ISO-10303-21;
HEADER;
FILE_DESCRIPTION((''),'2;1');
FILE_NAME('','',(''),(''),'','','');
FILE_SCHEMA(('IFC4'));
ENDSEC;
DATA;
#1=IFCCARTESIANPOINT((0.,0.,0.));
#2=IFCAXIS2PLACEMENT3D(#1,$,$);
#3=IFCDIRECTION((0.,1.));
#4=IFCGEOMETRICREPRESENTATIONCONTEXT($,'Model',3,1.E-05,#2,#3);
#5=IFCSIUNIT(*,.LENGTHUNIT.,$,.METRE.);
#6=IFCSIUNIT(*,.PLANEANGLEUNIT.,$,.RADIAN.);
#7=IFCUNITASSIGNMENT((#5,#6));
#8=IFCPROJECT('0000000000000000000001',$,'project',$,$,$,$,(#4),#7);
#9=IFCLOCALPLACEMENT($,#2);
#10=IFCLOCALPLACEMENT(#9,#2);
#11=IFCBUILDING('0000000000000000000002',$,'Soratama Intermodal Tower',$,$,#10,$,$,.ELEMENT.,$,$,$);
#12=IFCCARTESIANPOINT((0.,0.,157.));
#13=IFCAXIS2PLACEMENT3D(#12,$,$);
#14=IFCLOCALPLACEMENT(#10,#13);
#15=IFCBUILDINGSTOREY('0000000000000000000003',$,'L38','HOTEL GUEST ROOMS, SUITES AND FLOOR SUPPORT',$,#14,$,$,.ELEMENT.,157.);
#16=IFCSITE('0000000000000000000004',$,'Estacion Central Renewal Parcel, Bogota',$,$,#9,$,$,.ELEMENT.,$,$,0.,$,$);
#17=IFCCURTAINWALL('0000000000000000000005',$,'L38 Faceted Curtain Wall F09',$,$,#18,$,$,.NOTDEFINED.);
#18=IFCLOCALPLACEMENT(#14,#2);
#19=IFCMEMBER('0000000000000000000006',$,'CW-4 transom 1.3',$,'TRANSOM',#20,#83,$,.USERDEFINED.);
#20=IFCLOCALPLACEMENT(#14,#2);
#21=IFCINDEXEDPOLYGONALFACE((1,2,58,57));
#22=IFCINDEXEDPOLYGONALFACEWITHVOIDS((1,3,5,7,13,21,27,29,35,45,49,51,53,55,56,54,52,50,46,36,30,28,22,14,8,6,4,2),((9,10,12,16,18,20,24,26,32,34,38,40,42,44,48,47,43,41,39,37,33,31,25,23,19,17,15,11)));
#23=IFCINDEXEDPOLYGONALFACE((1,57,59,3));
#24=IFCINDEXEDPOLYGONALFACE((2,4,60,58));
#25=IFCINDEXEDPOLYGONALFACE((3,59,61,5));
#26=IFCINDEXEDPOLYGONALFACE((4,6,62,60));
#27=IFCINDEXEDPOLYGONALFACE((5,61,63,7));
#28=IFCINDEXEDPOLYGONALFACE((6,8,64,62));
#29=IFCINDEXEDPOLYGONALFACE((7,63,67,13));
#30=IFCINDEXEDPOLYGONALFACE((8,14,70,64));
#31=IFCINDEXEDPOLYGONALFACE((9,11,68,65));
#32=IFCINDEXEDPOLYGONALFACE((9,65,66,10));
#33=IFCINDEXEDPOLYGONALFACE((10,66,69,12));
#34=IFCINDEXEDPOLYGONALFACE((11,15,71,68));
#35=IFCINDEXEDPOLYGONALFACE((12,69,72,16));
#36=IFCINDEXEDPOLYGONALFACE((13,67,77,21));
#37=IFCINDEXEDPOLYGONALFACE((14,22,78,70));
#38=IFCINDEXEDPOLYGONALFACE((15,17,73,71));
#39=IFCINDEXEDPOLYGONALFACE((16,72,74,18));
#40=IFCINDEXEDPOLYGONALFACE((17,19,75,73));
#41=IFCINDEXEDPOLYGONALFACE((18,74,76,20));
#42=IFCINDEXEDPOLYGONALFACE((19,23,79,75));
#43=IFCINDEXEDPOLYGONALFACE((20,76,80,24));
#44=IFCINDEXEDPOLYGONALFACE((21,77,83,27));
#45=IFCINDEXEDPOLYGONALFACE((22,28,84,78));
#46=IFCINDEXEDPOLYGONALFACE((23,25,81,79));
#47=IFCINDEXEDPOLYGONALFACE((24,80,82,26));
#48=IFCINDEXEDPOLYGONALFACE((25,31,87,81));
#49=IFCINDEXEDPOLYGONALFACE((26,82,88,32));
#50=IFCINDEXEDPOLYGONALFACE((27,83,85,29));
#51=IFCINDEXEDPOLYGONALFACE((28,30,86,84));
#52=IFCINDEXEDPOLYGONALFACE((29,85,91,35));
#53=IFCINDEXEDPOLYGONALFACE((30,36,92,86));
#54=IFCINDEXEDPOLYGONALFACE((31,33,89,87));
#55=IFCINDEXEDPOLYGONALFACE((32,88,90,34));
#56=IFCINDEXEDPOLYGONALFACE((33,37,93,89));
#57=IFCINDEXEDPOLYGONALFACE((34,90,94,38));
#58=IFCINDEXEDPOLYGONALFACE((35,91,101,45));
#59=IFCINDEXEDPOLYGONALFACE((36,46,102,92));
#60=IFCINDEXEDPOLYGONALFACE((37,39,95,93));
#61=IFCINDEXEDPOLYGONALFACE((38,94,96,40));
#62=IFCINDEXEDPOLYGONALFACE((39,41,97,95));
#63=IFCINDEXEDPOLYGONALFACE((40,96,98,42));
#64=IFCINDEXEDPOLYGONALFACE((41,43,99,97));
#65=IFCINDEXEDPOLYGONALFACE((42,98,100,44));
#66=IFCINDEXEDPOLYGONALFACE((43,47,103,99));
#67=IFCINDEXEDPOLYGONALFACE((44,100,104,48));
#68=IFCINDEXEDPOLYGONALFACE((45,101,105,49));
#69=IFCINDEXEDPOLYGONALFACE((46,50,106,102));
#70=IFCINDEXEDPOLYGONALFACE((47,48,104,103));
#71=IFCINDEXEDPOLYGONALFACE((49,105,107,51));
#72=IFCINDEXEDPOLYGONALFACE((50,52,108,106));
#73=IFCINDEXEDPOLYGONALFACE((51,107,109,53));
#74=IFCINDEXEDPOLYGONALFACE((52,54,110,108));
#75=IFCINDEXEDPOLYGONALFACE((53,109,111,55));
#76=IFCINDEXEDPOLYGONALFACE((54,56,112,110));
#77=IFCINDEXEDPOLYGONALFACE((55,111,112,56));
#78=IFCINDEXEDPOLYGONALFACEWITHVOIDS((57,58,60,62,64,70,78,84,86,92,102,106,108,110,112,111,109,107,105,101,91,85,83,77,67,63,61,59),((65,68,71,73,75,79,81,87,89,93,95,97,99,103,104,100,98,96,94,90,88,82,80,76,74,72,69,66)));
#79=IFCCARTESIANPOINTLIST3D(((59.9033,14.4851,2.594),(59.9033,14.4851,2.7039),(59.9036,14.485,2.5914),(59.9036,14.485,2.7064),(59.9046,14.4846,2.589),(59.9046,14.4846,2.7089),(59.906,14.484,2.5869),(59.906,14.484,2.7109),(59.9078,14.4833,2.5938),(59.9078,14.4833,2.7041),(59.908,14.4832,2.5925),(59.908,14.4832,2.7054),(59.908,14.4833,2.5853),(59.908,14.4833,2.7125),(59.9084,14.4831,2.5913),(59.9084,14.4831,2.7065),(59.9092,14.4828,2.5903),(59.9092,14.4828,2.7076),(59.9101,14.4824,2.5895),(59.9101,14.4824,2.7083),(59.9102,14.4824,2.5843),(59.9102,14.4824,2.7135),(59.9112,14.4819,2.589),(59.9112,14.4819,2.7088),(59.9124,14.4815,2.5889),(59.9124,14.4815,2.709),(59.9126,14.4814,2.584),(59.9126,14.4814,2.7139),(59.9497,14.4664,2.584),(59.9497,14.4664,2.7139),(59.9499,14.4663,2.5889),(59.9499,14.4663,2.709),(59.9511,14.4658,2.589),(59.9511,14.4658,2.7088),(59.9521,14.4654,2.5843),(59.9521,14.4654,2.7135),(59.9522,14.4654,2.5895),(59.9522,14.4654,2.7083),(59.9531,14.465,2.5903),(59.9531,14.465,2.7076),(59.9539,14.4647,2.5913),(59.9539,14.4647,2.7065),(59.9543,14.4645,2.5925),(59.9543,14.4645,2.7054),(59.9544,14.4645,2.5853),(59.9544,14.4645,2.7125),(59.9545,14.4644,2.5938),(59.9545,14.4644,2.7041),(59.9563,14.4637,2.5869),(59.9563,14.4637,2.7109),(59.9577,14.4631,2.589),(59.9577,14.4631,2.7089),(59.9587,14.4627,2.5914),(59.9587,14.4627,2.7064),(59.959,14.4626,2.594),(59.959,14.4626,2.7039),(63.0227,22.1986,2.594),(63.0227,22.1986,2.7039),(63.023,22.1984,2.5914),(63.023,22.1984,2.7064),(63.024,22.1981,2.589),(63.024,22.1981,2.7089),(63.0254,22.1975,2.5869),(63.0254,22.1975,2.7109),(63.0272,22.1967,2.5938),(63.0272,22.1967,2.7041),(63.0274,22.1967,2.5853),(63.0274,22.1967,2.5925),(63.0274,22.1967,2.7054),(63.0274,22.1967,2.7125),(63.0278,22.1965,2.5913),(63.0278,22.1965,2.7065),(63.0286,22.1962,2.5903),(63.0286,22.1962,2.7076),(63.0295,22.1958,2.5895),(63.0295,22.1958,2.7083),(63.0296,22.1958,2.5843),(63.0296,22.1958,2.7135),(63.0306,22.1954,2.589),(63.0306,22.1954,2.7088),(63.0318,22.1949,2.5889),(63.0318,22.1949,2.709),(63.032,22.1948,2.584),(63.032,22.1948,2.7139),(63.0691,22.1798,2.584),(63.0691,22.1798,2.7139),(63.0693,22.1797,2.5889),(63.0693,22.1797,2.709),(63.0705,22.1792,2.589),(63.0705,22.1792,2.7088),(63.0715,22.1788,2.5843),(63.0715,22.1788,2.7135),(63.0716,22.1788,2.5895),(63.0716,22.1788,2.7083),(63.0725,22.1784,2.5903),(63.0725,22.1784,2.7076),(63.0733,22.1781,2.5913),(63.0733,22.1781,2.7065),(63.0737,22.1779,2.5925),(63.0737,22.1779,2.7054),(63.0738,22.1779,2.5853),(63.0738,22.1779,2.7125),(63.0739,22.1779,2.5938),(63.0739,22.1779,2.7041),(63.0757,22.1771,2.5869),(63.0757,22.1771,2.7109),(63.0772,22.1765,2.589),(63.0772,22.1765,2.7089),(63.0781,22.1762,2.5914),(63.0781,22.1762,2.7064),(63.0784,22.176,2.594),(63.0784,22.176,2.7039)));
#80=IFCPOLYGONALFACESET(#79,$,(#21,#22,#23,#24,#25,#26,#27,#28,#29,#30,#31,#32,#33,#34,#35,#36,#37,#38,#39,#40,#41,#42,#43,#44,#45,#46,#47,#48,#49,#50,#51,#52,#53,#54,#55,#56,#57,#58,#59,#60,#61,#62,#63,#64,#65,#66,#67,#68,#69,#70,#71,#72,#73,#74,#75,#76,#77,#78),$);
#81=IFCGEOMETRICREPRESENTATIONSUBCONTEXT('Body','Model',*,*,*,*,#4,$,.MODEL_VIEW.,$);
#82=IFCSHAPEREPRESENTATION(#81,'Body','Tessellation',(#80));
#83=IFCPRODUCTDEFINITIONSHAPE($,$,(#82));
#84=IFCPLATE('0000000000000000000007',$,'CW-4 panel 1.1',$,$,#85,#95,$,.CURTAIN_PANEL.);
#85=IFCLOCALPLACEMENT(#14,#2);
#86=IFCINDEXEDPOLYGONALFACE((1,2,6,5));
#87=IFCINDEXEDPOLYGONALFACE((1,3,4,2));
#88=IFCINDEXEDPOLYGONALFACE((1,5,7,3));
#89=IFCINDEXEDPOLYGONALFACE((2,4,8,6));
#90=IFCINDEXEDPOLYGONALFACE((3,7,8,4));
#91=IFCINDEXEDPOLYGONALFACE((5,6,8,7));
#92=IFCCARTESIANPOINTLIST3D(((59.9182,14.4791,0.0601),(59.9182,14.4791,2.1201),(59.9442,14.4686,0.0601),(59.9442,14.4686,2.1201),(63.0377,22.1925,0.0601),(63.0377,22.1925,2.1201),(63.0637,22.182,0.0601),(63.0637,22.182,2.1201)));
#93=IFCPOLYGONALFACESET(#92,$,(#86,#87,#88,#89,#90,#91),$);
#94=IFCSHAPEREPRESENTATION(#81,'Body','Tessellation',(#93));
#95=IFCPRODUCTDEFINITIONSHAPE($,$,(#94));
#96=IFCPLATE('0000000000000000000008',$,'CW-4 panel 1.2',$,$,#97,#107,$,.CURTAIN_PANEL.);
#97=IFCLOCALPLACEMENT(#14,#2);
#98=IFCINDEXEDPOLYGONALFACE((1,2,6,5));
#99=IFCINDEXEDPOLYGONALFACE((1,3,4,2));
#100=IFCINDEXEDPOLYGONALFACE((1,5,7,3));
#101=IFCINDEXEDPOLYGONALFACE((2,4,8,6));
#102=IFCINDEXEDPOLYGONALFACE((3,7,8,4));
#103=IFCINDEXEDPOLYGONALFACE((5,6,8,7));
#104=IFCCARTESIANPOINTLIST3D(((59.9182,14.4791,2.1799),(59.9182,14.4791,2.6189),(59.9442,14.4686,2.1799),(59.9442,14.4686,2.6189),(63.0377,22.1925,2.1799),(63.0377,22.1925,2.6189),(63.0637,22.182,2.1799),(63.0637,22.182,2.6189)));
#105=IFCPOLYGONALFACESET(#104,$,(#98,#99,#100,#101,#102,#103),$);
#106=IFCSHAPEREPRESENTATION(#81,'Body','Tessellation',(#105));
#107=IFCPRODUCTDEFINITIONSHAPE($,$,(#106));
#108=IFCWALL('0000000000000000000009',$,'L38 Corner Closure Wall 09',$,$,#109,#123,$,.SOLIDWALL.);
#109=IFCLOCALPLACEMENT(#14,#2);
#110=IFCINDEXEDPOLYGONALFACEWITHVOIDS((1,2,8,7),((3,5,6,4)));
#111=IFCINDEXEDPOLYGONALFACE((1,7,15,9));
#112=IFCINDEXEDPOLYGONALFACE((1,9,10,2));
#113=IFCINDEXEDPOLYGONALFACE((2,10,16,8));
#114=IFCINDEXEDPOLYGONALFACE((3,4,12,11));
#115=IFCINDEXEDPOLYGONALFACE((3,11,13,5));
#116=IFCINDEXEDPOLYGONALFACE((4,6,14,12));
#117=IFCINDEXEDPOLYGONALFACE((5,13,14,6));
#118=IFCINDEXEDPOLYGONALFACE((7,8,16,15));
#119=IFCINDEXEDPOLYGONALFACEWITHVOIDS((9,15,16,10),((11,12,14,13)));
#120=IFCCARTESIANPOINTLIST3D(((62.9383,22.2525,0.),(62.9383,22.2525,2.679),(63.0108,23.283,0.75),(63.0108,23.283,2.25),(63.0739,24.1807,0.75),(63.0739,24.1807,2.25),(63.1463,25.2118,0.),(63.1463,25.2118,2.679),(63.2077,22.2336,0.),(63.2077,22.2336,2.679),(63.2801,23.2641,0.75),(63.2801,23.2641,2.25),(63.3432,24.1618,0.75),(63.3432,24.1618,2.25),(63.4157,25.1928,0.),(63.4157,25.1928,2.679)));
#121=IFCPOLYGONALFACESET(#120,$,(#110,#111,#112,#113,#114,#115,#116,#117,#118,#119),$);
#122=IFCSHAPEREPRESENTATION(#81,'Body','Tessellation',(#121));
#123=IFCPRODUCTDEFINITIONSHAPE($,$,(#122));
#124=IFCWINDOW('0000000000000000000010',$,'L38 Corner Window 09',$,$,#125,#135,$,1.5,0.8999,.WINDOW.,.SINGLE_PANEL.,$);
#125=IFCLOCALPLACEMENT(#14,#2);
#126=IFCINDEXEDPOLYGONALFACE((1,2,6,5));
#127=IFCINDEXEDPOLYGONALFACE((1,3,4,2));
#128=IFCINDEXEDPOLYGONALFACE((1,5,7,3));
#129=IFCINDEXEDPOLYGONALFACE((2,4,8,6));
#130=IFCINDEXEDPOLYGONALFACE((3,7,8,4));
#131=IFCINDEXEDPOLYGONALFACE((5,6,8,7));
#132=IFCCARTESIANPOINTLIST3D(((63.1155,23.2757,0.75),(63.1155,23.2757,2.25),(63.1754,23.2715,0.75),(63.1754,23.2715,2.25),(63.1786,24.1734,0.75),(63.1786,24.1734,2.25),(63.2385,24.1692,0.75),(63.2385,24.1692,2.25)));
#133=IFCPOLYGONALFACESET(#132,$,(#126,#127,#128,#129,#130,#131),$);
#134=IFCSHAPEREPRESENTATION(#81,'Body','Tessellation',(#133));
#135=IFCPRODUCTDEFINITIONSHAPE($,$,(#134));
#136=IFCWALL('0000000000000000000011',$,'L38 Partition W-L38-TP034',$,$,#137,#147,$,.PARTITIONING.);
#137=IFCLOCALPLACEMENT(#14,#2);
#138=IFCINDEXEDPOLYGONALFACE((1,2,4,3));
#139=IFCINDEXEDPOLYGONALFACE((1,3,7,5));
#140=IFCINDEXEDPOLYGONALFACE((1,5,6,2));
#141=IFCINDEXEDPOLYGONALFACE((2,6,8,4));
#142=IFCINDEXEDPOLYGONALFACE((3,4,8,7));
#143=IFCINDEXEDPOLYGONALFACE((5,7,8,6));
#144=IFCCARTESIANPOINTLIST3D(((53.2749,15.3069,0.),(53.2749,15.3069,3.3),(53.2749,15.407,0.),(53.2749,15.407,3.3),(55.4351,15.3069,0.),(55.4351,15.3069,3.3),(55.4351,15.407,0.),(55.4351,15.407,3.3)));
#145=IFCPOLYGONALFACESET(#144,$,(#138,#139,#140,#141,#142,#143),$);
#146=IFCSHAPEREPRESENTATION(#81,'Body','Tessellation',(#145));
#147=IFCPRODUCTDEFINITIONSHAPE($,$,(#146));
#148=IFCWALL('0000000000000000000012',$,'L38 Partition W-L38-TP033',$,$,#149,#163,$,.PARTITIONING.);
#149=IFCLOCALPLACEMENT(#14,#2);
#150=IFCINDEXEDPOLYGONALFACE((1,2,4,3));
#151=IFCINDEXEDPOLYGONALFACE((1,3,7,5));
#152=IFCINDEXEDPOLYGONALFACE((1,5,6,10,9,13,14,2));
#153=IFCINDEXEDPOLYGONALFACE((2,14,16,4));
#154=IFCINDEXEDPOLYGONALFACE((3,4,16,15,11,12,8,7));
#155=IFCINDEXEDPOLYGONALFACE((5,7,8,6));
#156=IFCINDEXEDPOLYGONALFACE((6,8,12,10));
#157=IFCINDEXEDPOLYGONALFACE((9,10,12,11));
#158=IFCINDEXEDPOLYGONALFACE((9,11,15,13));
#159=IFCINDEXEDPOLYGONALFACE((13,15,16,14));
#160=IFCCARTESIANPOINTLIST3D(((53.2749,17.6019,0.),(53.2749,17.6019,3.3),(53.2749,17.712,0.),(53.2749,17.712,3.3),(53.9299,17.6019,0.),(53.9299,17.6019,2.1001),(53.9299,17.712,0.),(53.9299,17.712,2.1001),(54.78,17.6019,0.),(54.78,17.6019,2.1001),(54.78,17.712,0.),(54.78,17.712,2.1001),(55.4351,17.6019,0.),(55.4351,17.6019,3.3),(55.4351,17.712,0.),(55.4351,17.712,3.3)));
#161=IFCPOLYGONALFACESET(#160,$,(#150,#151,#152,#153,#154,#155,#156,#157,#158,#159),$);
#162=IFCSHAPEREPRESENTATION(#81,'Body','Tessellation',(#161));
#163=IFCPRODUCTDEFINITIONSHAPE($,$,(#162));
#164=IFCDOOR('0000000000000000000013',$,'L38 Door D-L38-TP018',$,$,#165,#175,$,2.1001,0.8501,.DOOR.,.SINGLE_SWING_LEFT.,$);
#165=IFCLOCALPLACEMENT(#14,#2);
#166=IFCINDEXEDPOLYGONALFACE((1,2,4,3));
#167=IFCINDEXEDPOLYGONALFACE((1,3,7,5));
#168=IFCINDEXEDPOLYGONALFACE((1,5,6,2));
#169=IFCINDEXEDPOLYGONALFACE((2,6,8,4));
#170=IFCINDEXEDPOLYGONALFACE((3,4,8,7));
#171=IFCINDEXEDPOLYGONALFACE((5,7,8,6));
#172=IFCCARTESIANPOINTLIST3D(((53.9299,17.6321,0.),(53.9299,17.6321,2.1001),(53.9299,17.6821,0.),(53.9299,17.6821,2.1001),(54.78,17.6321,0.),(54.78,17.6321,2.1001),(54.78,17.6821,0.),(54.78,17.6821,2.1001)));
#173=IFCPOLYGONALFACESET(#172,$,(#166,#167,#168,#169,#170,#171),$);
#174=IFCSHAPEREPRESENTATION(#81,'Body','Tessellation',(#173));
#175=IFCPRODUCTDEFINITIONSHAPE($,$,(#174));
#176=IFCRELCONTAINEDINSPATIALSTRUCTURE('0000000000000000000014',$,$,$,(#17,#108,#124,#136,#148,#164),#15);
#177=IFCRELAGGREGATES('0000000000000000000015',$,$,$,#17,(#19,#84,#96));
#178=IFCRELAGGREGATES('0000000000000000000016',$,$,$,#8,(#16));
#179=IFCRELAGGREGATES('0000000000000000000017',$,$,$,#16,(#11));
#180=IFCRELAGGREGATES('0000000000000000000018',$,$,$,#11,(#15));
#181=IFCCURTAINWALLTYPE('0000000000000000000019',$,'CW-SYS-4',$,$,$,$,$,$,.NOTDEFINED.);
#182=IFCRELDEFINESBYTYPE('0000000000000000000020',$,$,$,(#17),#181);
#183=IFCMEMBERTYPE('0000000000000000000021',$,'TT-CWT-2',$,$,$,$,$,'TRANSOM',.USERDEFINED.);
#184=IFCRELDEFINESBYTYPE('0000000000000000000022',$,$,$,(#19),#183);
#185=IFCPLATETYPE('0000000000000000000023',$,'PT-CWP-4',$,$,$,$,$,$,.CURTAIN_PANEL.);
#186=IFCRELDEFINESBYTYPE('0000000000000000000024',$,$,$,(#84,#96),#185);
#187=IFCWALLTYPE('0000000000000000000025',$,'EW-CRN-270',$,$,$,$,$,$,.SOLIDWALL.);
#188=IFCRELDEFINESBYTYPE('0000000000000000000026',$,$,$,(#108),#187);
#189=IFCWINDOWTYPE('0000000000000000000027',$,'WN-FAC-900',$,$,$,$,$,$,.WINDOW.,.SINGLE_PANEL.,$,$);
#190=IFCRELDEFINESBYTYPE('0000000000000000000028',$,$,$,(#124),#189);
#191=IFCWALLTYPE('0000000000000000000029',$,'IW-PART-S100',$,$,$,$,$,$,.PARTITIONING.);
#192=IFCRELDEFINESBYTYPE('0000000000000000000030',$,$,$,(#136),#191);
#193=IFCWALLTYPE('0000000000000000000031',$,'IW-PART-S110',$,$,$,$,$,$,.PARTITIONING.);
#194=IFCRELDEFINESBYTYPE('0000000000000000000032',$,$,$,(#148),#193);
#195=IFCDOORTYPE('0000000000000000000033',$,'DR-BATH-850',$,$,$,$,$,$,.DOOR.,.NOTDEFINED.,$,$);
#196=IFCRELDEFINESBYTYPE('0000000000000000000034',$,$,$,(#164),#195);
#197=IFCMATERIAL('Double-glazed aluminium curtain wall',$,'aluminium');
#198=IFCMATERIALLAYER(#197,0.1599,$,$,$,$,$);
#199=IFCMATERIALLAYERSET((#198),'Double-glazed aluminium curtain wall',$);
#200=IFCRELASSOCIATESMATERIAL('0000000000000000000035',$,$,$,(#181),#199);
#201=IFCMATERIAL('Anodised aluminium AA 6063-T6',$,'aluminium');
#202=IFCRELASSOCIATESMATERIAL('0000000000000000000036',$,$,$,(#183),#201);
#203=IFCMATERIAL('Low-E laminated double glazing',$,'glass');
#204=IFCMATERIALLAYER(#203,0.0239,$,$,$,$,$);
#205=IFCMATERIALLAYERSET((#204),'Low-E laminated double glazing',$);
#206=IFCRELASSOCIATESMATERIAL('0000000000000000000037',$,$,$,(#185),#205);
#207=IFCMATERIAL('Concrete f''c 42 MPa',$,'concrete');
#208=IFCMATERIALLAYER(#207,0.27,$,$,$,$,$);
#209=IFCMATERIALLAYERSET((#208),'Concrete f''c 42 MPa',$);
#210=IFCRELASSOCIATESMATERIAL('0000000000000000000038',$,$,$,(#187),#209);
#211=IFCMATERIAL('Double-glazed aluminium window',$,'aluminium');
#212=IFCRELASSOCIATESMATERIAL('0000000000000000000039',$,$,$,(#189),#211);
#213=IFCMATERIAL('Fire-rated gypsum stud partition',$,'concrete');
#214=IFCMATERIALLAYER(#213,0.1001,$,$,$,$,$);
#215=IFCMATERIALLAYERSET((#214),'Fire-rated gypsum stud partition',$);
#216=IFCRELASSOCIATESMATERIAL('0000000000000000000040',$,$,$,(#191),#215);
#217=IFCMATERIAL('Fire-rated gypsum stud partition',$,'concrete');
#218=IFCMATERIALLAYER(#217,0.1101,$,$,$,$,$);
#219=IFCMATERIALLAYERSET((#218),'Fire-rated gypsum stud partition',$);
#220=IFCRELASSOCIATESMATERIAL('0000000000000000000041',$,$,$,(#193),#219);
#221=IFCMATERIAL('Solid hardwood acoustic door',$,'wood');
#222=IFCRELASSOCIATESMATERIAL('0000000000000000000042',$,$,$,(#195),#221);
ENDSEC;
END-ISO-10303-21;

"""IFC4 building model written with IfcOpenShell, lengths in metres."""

from ifc_helpers import new_model, si_unit, direction, frame, frame_2d, origin, origin_2d, place, context, subcontext, project, spatial, rectangle, hollow_rectangle, extrude, material, layer, layer_set, material_profile, profile_set, type_object, element, fill, aggregate, save


model = new_model("IFC4")

# Units and contexts
model_context = context("Model", 3, precision=1e-05, world=origin(), true_north=direction((0.0, 1.0)))
body_context = subcontext(model_context, "Body", "Model", "MODEL_VIEW")
ifc_project = project(units=[si_unit("LENGTHUNIT", "METRE"), si_unit("PLANEANGLEUNIT", "RADIAN")], contexts=[model_context])

# Site, building, storey
site_placement = place(None, origin())
site = spatial("IfcSite", under=ifc_project, at=site_placement, Name="Estacion Central Renewal Parcel, Bogota", CompositionType="ELEMENT", RefElevation=0.0)
building_placement = place(site_placement, origin())
building = spatial("IfcBuilding", under=site, at=building_placement, Name="Soratama Intermodal Tower", CompositionType="ELEMENT")
storey_placement = place(building_placement, frame((0.0, 0.0, 157.0)))
storey = spatial("IfcBuildingStorey", under=building, at=storey_placement, Name="L38", Description="HOTEL GUEST ROOMS, SUITES AND FLOOR SUPPORT", CompositionType="ELEMENT", Elevation=157.0)

# Curtain wall, member, plates
ifc_material_1 = material(Name="Double-glazed aluminium curtain wall", Category="aluminium")
ifc_layer_1 = layer(ifc_material_1, 0.1599)
ifc_layer_set_1 = layer_set([ifc_layer_1], Name="Double-glazed aluminium curtain wall")
curtain_wall_type = type_object("IfcCurtainWallType", Name="CW-SYS-4", PredefinedType="NOTDEFINED", material=ifc_layer_set_1)
curtain_wall_placement = place(storey_placement, origin())
curtain_wall = element("IfcCurtainWall", 1, at=curtain_wall_placement, inside=storey, type_object=curtain_wall_type, Name="L38 Faceted Curtain Wall F09", PredefinedType="NOTDEFINED")
ifc_material_2 = material(Name="Anodised aluminium AA 6063-T6", Category="aluminium")
ifc_material_profile_1 = material_profile(ifc_material_2, hollow_rectangle(XDim=0.0601, YDim=0.1299, WallThickness=0.0049, InnerFilletRadius=0.0049, OuterFilletRadius=0.01, at=origin_2d()), Name="CWT130X60X5")
ifc_profile_set_1 = profile_set([ifc_material_profile_1], Name="Anodised aluminium AA 6063-T6")
member_type_1 = type_object("IfcMemberType", Name="TT-CWT-2", ElementType="TRANSOM", PredefinedType="USERDEFINED", material=ifc_profile_set_1)
member_1_placement = place(storey_placement, frame((59.9312, 14.4739, 2.6489), z_axis=(0.374914, 0.92706, 0.0), x_axis=(-0.92706, 0.374914, 0.0)))
member_1 = element("IfcMember", 2, at=member_1_placement, type_object=member_type_1, Name="CW-4 transom 1.3", ObjectType="TRANSOM", PredefinedType="USERDEFINED", context=body_context, shape_type="SweptSolid", body=[
    extrude(hollow_rectangle(XDim=0.0601, YDim=0.1299, WallThickness=0.0049, InnerFilletRadius=0.0049, OuterFilletRadius=0.01, at=origin_2d()), origin(), (0.0, 0.0, 1.0), 8.3203),
])
ifc_material_3 = material(Name="Low-E laminated double glazing", Category="glass")
ifc_layer_2 = layer(ifc_material_3, 0.0239)
ifc_layer_set_2 = layer_set([ifc_layer_2], Name="Low-E laminated double glazing")
plate_type = type_object("IfcPlateType", Name="PT-CWP-4", PredefinedType="CURTAIN_PANEL", material=ifc_layer_set_2)
plate_1_placement = place(storey_placement, frame((61.491, 18.3306, 0.0601), z_axis=(0.0, 0.0, 1.0), x_axis=(0.374924, 0.927056, 0.0)))
plate_1 = element("IfcPlate", 3, at=plate_1_placement, type_object=plate_type, Name="CW-4 panel 1.1", PredefinedType="CURTAIN_PANEL", context=body_context, shape_type="SweptSolid", body=[
    extrude(rectangle(XDim=8.3203, YDim=0.0281, at=origin_2d()), origin(), (0.0, 0.0, 1.0), 2.0601),
])
plate_2_placement = place(storey_placement, frame((61.491, 18.3306, 2.1799), z_axis=(0.0, 0.0, 1.0), x_axis=(0.374924, 0.927056, 0.0)))
plate_2 = element("IfcPlate", 4, at=plate_2_placement, type_object=plate_type, Name="CW-4 panel 1.2", PredefinedType="CURTAIN_PANEL", context=body_context, shape_type="SweptSolid", body=[
    extrude(rectangle(XDim=8.3203, YDim=0.0281, at=origin_2d()), origin(), (0.0, 0.0, 1.0), 0.439),
])
aggregate(curtain_wall, [member_1, plate_1, plate_2])

# Wall, opening, window
ifc_material_4 = material(Name="Concrete f'c 42 MPa", Category="concrete")
ifc_layer_3 = layer(ifc_material_4, 0.27)
ifc_layer_set_3 = layer_set([ifc_layer_3], Name="Concrete f'c 42 MPa")
wall_type_1 = type_object("IfcWallType", Name="EW-CRN-270", PredefinedType="SOLIDWALL", material=ifc_layer_set_3)
wall_1_placement = place(storey_placement, frame((63.073, 22.2429, 0.0), z_axis=(0.0, 0.0, 1.0), x_axis=(0.070118, 0.997539, 0.0)))
wall_1 = element("IfcWall", 5, at=wall_1_placement, inside=storey, type_object=wall_type_1, Name="L38 Corner Closure Wall 09", PredefinedType="SOLIDWALL", context=body_context, shape_type="SweptSolid", body=[
    extrude(rectangle(XDim=2.9666, YDim=0.27, at=frame_2d((1.4834, 0.0))), origin(), (0.0, 0.0, 1.0), 2.679),
])
opening_1_placement = place(wall_1_placement, frame((1.0332, 0.0, 0.75)))
opening_1 = element("IfcOpeningElement", 6, at=opening_1_placement, cuts=wall_1, PredefinedType="OPENING", context=body_context, shape_type="SweptSolid", body=[
    extrude(rectangle(XDim=0.8999, YDim=1.5, at=frame_2d((0.45, 0.75))), frame((0.0, 0.145, 0.0), z_axis=(0.0, -1.0, 0.0), x_axis=(1.0, 0.0, 0.0)), (0.0, 0.0, 1.0), 0.29),
])
ifc_material_5 = material(Name="Double-glazed aluminium window", Category="aluminium")
window_type = type_object("IfcWindowType", Name="WN-FAC-900", PartitioningType="SINGLE_PANEL", PredefinedType="WINDOW", material=ifc_material_5)
window_placement = place(opening_1_placement, origin())
window = element("IfcWindow", 7, at=window_placement, inside=storey, type_object=window_type, Name="L38 Corner Window 09", OverallHeight=1.5, OverallWidth=0.8999, PartitioningType="SINGLE_PANEL", PredefinedType="WINDOW", context=body_context, shape_type="SweptSolid", body=[
    extrude(rectangle(XDim=0.8999, YDim=1.5, at=frame_2d((0.45, 0.75))), frame((0.0, 0.03, 0.0), z_axis=(0.0, -1.0, 0.0), x_axis=(1.0, 0.0, 0.0)), (0.0, 0.0, 1.0), 0.0601),
])
fill(opening_1, window)

# Wall
ifc_material_6 = material(Name="Fire-rated gypsum stud partition", Category="concrete")
ifc_layer_4 = layer(ifc_material_6, 0.1001)
ifc_layer_set_4 = layer_set([ifc_layer_4], Name="Fire-rated gypsum stud partition")
wall_type_2 = type_object("IfcWallType", Name="IW-PART-S100", PredefinedType="PARTITIONING", material=ifc_layer_set_4)
wall_2_placement = place(storey_placement, frame((53.2749, 15.3569, 0.0), z_axis=(0.0, 0.0, 1.0), x_axis=(1.0, 0.0, 0.0)))
element("IfcWall", 8, at=wall_2_placement, inside=storey, type_object=wall_type_2, Name="L38 Partition W-L38-TP034", PredefinedType="PARTITIONING", context=body_context, shape_type="SweptSolid", body=[
    extrude(rectangle(XDim=2.1602, YDim=0.1001, at=frame_2d((1.0801, 0.0))), origin(), (0.0, 0.0, 1.0), 3.3),
])

# Wall, opening, door
ifc_material_7 = material(Name="Fire-rated gypsum stud partition", Category="concrete")
ifc_layer_5 = layer(ifc_material_7, 0.1101)
ifc_layer_set_5 = layer_set([ifc_layer_5], Name="Fire-rated gypsum stud partition")
wall_type_3 = type_object("IfcWallType", Name="IW-PART-S110", PredefinedType="PARTITIONING", material=ifc_layer_set_5)
wall_3_placement = place(storey_placement, frame((55.4351, 17.657, 0.0), z_axis=(0.0, 0.0, 1.0), x_axis=(-1.0, 0.0, 0.0)))
wall_3 = element("IfcWall", 9, at=wall_3_placement, inside=storey, type_object=wall_type_3, Name="L38 Partition W-L38-TP033", PredefinedType="PARTITIONING", context=body_context, shape_type="SweptSolid", body=[
    extrude(rectangle(XDim=2.1602, YDim=0.1101, at=frame_2d((1.0801, 0.0))), origin(), (0.0, 0.0, 1.0), 3.3),
])
opening_2_placement = place(wall_3_placement, frame((0.655, 0.0, 0.0)))
opening_2 = element("IfcOpeningElement", 10, at=opening_2_placement, cuts=wall_3, PredefinedType="OPENING", context=body_context, shape_type="SweptSolid", body=[
    extrude(rectangle(XDim=0.8501, YDim=2.1001, at=frame_2d((0.425, 1.05))), frame((0.0, 0.0649, 0.0), z_axis=(0.0, -1.0, 0.0), x_axis=(1.0, 0.0, 0.0)), (0.0, 0.0, 1.0), 0.1301),
])
ifc_material_8 = material(Name="Solid hardwood acoustic door", Category="wood")
door_type = type_object("IfcDoorType", Name="DR-BATH-850", OperationType="NOTDEFINED", PredefinedType="DOOR", material=ifc_material_8)
door_placement = place(opening_2_placement, origin())
door = element("IfcDoor", 11, at=door_placement, inside=storey, type_object=door_type, Name="L38 Door D-L38-TP018", OperationType="SINGLE_SWING_LEFT", OverallHeight=2.1001, OverallWidth=0.8501, PredefinedType="DOOR", context=body_context, shape_type="SweptSolid", body=[
    extrude(rectangle(XDim=0.8501, YDim=2.1001, at=frame_2d((0.425, 1.05))), frame((0.0, 0.0249, 0.0), z_axis=(0.0, -1.0, 0.0), x_axis=(1.0, 0.0, 0.0)), (0.0, 0.0, 1.0), 0.05),
])
fill(opening_2, door)

save(model, "model.ifc")
